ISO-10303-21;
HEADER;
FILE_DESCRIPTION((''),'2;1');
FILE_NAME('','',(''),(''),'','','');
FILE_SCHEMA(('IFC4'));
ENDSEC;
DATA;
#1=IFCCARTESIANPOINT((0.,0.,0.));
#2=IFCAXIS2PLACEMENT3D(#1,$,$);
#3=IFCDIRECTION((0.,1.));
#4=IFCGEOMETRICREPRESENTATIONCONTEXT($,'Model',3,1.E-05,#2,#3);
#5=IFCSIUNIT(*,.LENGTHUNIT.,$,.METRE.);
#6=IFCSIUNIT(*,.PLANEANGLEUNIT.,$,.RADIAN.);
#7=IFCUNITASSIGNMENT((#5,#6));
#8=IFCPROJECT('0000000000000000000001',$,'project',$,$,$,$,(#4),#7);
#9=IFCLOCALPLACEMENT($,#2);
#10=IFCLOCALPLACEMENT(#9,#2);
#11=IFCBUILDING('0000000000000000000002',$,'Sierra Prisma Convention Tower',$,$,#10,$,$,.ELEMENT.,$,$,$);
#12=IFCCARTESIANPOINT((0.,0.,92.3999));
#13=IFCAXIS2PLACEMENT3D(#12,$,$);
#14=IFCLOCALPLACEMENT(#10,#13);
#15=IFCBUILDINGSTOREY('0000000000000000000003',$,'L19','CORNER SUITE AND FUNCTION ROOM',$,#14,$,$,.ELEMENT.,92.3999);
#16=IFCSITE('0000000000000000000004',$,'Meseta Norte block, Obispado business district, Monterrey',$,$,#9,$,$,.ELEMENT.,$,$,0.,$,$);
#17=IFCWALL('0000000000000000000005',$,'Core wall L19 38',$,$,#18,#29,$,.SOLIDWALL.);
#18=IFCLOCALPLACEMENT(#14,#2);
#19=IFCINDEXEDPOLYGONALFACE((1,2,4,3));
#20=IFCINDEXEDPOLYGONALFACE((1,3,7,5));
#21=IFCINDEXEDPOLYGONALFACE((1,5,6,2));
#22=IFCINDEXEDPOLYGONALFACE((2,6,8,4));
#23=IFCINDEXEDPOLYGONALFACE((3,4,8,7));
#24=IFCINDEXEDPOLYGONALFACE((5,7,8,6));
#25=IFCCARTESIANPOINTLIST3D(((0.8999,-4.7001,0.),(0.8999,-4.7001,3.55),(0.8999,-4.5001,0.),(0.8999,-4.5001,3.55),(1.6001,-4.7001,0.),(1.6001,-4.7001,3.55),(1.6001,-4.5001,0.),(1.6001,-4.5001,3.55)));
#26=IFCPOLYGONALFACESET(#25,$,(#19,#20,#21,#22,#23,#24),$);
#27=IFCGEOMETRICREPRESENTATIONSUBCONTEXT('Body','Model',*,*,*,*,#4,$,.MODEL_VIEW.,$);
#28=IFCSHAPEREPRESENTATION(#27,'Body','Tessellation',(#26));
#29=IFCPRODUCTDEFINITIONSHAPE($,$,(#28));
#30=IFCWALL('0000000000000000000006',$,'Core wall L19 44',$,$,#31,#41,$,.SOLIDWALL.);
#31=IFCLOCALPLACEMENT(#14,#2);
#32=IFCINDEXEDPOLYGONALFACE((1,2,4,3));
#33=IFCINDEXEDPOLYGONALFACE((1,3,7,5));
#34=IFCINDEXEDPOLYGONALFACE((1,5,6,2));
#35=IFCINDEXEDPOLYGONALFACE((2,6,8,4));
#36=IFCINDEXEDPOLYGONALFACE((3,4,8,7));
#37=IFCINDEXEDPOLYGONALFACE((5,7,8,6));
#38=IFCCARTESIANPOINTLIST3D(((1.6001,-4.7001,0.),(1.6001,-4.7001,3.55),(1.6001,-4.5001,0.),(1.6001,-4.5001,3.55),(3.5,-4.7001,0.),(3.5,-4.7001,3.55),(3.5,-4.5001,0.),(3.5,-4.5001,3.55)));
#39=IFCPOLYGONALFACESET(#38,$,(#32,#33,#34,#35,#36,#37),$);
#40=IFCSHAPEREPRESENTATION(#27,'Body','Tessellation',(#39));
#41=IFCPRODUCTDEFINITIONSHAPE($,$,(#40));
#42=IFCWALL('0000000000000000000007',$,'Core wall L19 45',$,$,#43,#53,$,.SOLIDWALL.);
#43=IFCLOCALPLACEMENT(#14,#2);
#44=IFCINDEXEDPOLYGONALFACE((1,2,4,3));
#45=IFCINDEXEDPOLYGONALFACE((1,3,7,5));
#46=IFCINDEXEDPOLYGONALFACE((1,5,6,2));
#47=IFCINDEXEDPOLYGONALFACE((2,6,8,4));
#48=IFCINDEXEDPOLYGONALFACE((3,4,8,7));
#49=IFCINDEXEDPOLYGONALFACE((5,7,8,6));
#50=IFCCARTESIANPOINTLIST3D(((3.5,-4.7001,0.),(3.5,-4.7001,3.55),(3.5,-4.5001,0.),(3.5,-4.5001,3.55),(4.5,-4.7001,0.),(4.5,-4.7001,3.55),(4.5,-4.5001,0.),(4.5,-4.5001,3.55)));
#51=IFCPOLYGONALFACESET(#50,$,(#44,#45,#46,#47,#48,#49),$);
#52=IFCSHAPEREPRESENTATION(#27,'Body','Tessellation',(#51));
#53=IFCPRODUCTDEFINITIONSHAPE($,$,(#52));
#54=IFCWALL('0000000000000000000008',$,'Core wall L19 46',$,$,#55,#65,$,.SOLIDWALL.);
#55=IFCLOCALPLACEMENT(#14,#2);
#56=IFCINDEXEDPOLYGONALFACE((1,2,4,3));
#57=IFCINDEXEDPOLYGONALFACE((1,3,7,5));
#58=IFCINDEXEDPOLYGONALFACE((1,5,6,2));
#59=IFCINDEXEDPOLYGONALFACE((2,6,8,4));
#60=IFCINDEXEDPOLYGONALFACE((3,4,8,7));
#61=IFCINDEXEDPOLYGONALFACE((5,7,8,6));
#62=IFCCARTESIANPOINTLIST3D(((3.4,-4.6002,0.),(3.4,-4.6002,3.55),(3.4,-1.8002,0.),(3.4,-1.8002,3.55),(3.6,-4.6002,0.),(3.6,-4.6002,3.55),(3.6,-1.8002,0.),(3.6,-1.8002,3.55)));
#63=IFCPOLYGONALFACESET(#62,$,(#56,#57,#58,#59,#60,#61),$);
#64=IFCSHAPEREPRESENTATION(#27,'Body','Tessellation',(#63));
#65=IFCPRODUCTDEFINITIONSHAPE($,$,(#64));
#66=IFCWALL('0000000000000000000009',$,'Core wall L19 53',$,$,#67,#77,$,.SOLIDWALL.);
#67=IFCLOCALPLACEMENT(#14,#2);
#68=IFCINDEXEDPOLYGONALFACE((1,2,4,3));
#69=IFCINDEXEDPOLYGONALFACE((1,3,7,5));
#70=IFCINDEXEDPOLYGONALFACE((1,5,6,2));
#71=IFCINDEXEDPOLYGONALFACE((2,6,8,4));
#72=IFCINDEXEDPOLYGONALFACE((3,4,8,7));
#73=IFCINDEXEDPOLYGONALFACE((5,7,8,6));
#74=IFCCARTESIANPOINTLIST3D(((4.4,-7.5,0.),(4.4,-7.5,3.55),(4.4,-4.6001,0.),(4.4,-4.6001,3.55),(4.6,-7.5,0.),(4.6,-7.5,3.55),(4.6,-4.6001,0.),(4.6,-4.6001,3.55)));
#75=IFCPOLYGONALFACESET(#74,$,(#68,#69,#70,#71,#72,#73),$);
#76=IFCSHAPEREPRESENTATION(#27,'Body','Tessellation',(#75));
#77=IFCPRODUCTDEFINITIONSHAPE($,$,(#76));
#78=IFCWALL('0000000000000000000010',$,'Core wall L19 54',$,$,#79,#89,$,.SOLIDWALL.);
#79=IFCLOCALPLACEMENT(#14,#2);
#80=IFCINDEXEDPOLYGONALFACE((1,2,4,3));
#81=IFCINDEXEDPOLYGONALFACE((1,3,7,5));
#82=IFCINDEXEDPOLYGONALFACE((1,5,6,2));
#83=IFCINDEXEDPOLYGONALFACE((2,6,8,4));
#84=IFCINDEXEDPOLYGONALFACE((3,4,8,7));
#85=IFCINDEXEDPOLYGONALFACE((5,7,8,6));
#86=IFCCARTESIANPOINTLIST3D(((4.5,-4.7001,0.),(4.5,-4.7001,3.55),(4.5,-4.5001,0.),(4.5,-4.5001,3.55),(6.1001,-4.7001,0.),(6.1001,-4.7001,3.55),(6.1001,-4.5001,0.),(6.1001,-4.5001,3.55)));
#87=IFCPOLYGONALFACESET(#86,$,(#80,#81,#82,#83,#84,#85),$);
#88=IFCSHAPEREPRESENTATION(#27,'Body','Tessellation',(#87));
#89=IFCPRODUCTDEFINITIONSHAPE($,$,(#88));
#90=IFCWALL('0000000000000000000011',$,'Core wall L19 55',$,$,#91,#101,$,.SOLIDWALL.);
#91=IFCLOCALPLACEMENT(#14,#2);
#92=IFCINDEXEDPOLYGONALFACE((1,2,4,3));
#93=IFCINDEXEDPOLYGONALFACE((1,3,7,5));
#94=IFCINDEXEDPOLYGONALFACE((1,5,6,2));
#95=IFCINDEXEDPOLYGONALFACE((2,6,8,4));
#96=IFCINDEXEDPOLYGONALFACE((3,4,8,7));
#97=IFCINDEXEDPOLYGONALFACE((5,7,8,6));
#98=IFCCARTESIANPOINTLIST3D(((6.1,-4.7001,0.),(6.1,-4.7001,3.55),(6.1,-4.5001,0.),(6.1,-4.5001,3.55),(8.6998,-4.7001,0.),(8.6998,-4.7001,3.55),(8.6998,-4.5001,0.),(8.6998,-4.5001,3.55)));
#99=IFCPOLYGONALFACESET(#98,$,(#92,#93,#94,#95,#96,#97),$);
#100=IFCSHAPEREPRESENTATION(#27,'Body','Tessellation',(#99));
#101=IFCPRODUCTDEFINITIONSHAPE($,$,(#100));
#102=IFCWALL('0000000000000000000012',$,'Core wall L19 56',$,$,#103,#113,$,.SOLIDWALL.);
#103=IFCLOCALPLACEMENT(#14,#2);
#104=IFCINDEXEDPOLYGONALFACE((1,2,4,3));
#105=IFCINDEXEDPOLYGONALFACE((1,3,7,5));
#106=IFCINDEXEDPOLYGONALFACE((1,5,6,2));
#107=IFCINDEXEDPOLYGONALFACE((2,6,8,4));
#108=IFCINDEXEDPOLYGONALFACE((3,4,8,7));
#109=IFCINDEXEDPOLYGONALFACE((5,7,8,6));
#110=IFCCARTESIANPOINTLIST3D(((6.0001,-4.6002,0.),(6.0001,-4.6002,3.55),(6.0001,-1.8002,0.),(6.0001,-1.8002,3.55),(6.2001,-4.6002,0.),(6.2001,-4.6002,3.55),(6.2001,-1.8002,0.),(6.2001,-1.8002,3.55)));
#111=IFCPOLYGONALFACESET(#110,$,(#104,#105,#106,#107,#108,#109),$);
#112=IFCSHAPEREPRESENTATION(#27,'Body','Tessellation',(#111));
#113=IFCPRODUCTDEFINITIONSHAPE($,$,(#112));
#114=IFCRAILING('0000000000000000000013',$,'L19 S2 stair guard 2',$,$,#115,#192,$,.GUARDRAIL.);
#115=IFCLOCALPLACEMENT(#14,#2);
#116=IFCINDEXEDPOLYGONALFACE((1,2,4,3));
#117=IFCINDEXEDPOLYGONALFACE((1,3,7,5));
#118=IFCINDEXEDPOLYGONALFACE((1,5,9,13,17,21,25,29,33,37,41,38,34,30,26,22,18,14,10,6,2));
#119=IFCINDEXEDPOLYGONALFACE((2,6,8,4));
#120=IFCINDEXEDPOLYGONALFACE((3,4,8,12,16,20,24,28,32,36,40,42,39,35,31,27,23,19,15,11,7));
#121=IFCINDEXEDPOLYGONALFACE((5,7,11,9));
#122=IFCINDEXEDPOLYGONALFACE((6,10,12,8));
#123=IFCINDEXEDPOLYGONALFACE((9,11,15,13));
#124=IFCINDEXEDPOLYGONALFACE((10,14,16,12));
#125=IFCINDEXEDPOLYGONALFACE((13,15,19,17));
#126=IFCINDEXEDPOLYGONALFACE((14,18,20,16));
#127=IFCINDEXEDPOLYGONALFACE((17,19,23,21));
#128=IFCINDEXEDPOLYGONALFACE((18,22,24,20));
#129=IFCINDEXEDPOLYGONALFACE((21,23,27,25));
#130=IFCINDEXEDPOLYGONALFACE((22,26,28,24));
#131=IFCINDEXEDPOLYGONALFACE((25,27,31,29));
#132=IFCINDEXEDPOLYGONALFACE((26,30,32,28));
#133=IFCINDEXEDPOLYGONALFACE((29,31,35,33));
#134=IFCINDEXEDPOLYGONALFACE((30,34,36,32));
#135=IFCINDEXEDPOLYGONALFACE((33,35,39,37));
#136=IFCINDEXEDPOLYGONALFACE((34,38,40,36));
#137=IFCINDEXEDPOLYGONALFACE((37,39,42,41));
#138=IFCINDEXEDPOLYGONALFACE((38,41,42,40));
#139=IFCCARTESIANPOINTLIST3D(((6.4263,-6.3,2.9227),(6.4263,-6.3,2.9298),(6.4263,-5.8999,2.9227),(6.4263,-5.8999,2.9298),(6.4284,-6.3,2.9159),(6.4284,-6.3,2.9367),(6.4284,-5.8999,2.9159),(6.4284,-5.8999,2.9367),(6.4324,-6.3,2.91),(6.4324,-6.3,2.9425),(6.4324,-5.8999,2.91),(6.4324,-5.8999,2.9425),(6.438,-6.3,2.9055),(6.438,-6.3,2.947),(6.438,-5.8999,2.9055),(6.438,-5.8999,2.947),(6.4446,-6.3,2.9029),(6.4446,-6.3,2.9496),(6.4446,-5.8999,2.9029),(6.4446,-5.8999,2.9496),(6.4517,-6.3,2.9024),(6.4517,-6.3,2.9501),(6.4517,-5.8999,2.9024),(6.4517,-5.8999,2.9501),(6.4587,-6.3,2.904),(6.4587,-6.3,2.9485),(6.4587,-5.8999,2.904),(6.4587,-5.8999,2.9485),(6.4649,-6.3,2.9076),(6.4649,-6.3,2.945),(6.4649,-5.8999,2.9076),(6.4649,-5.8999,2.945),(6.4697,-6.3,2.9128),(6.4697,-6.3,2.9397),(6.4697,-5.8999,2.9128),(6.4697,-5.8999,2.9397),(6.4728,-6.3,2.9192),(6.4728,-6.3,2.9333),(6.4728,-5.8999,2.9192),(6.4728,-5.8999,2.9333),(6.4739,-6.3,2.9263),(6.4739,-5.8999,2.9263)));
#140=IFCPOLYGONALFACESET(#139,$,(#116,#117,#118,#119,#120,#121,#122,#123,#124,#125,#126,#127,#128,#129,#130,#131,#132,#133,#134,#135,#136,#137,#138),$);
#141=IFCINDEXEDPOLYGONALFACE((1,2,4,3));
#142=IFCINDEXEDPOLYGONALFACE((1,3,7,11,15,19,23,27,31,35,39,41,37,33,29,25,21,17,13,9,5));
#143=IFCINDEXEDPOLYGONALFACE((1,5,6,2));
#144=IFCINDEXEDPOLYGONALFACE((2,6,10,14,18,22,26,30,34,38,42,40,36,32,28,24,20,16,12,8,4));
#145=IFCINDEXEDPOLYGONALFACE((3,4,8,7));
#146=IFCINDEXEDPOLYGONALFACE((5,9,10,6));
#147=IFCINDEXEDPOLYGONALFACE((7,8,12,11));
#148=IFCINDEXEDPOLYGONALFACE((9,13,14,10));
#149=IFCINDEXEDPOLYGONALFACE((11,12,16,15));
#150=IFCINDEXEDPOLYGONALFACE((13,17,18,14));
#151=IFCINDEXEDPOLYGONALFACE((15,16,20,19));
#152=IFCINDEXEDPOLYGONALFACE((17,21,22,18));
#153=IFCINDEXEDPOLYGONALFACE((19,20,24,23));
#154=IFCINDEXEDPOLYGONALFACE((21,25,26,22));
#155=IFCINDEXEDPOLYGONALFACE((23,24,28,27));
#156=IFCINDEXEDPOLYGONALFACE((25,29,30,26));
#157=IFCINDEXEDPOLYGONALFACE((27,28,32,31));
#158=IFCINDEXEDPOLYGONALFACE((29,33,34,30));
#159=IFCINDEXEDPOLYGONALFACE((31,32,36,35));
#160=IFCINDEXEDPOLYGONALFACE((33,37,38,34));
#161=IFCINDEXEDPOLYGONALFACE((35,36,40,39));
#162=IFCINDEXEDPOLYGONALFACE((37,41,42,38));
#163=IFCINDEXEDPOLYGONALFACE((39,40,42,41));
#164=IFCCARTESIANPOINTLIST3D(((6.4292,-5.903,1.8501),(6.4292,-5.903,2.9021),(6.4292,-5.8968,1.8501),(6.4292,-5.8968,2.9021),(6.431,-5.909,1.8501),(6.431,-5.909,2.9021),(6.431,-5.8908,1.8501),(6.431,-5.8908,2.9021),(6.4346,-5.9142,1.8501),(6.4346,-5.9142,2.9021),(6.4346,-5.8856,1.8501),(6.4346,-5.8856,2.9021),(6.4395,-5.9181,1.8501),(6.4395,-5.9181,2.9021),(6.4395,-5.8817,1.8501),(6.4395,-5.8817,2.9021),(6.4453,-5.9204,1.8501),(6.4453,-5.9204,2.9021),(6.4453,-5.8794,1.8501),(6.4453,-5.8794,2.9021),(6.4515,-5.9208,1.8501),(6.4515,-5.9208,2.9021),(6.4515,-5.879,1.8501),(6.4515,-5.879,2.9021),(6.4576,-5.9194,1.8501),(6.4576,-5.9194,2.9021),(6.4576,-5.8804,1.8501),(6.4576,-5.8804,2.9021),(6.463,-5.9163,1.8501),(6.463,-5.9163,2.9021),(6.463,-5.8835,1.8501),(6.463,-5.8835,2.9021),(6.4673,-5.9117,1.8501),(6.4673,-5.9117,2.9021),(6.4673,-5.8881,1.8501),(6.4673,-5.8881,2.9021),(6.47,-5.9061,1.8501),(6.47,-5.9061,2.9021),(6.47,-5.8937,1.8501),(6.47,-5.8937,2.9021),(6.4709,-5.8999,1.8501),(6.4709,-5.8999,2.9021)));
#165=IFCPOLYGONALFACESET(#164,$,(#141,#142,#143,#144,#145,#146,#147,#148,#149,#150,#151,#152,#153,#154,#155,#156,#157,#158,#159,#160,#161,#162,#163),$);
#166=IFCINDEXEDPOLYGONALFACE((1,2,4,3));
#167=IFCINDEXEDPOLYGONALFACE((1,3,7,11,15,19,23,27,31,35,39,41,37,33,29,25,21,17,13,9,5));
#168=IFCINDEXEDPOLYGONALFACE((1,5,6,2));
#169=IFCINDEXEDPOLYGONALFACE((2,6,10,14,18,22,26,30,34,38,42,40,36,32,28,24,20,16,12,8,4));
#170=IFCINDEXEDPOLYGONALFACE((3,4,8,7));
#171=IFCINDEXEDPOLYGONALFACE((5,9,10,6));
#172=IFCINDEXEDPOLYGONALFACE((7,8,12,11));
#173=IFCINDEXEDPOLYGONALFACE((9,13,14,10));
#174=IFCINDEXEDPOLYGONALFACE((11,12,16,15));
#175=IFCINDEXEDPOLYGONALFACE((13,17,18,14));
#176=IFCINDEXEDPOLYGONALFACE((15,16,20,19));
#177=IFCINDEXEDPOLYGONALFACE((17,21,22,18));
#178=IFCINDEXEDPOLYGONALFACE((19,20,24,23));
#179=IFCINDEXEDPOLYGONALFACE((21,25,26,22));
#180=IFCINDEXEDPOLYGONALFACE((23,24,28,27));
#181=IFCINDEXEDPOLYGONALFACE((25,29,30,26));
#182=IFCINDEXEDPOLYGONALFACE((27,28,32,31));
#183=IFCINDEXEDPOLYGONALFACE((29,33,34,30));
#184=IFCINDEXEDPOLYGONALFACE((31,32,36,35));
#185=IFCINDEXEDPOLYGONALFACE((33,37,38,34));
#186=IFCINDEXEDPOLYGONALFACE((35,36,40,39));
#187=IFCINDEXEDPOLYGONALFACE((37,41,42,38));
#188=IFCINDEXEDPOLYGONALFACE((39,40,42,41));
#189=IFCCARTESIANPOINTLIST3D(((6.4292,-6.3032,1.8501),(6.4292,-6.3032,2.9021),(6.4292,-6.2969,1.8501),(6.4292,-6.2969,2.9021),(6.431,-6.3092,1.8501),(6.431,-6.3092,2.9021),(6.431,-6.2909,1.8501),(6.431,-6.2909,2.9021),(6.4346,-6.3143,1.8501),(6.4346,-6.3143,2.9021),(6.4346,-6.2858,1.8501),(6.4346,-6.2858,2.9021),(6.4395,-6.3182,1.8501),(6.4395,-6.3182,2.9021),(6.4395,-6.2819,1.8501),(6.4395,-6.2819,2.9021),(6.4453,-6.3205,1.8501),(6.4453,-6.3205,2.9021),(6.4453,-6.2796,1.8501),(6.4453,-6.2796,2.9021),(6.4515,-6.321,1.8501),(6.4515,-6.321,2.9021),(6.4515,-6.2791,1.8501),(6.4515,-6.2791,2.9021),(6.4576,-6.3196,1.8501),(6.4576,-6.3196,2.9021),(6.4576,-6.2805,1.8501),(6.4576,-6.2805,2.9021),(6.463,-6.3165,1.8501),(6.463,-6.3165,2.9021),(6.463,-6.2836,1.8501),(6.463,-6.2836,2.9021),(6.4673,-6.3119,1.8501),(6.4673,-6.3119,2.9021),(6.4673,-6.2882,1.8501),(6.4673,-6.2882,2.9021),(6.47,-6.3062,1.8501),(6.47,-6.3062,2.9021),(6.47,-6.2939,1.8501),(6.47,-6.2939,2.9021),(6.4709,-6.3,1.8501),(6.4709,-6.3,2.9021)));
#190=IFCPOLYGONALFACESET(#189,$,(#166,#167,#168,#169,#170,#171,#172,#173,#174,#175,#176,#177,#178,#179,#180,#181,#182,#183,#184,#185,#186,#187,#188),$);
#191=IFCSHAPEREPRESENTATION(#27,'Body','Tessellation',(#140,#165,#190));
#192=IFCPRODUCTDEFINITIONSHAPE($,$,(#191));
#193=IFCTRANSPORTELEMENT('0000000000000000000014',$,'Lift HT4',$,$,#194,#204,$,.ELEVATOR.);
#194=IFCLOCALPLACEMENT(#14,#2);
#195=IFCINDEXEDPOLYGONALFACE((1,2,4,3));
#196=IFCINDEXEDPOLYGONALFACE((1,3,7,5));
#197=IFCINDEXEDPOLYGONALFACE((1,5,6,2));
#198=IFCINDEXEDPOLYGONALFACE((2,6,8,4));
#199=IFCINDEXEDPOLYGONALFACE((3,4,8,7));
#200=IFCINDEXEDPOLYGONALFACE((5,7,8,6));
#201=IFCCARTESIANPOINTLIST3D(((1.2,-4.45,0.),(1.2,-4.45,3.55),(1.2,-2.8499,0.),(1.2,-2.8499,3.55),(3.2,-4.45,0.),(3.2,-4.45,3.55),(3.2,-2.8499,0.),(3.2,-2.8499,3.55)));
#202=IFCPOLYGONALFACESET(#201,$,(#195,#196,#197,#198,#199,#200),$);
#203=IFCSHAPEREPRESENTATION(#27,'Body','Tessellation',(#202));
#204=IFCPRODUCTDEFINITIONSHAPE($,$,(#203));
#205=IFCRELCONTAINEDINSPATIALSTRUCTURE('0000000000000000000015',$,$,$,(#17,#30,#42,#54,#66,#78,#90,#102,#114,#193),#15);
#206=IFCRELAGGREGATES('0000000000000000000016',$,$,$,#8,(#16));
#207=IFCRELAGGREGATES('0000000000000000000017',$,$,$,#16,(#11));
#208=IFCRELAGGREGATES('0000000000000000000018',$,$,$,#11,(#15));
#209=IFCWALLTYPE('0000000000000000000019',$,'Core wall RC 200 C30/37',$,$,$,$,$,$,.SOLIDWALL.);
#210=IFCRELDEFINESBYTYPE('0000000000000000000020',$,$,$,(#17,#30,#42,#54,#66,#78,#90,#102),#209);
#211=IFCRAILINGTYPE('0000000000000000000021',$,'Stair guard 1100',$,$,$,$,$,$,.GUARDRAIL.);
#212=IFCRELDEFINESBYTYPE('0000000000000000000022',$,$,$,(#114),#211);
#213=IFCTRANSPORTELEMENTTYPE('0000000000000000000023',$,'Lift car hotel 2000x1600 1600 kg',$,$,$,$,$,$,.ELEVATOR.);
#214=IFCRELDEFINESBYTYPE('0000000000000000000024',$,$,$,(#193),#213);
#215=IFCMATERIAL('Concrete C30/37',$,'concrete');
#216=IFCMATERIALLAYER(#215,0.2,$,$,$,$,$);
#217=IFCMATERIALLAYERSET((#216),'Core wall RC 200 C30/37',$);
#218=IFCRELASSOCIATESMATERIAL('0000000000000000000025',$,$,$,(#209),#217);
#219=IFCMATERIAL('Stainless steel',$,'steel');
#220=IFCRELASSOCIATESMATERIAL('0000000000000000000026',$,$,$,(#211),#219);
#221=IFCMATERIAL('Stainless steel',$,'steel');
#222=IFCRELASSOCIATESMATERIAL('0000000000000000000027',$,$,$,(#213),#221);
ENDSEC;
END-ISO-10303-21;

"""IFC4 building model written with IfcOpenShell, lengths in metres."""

from ifc_helpers import new_model, si_unit, direction, frame, frame_2d, origin, origin_2d, place, context, subcontext, project, spatial, rectangle, circle, extrude, material, layer, layer_set, type_object, element, save


model = new_model("IFC4")

# Units and contexts
model_context = context("Model", 3, precision=1e-05, world=origin(), true_north=direction((0.0, 1.0)))
body_context = subcontext(model_context, "Body", "Model", "MODEL_VIEW")
ifc_project = project(units=[si_unit("LENGTHUNIT", "METRE"), si_unit("PLANEANGLEUNIT", "RADIAN")], contexts=[model_context])

# Site, building, storey
site_placement = place(None, origin())
site = spatial("IfcSite", under=ifc_project, at=site_placement, Name="Meseta Norte block, Obispado business district, Monterrey", CompositionType="ELEMENT", RefElevation=0.0)
building_placement = place(site_placement, origin())
building = spatial("IfcBuilding", under=site, at=building_placement, Name="Sierra Prisma Convention Tower", CompositionType="ELEMENT")
storey_placement = place(building_placement, frame((0.0, 0.0, 92.3999)))
storey = spatial("IfcBuildingStorey", under=building, at=storey_placement, Name="L19", Description="CORNER SUITE AND FUNCTION ROOM", CompositionType="ELEMENT", Elevation=92.3999)

# Shared definitions
ifc_material_1 = material(Name="Concrete C30/37", Category="concrete")
ifc_layer = layer(ifc_material_1, 0.2)
ifc_layer_set = layer_set([ifc_layer], Name="Core wall RC 200 C30/37")
wall_type = type_object("IfcWallType", Name="Core wall RC 200 C30/37", PredefinedType="SOLIDWALL", material=ifc_layer_set)

# Wall
wall_1_placement = place(storey_placement, frame((0.8999, -4.6001, 0.0), z_axis=(0.0, 0.0, 1.0), x_axis=(1.0, 0.0, 0.0)))
element("IfcWall", 1, at=wall_1_placement, inside=storey, type_object=wall_type, Name="Core wall L19 38", PredefinedType="SOLIDWALL", context=body_context, shape_type="SweptSolid", body=[
    extrude(rectangle(XDim=0.7002, YDim=0.2, at=frame_2d((0.3501, 0.0))), origin(), (0.0, 0.0, 1.0), 3.55),
])

# Walls
wall_2_placement = place(storey_placement, frame((3.5, -4.6001, 0.0), z_axis=(0.0, 0.0, 1.0), x_axis=(-1.0, 0.0, 0.0)))
element("IfcWall", 2, at=wall_2_placement, inside=storey, type_object=wall_type, Name="Core wall L19 44", PredefinedType="SOLIDWALL", context=body_context, shape_type="SweptSolid", body=[
    extrude(rectangle(XDim=1.8999, YDim=0.2, at=frame_2d((0.95, 0.0))), origin(), (0.0, 0.0, 1.0), 3.55),
])
wall_3_placement = place(storey_placement, frame((4.5, -4.6001, 0.0), z_axis=(0.0, 0.0, 1.0), x_axis=(-1.0, 0.0, 0.0)))
element("IfcWall", 3, at=wall_3_placement, inside=storey, type_object=wall_type, Name="Core wall L19 45", PredefinedType="SOLIDWALL", context=body_context, shape_type="SweptSolid", body=[
    extrude(rectangle(XDim=1.0, YDim=0.2, at=frame_2d((0.5, 0.0))), origin(), (0.0, 0.0, 1.0), 3.55),
])
wall_4_placement = place(storey_placement, frame((3.5, -4.6001, 0.0), z_axis=(0.0, 0.0, 1.0), x_axis=(0.0, 1.0, 0.0)))
element("IfcWall", 4, at=wall_4_placement, inside=storey, type_object=wall_type, Name="Core wall L19 46", PredefinedType="SOLIDWALL", context=body_context, shape_type="SweptSolid", body=[
    extrude(rectangle(XDim=2.8, YDim=0.2, at=frame_2d((1.3999, 0.0))), origin(), (0.0, 0.0, 1.0), 3.55),
])
wall_5_placement = place(storey_placement, frame((4.5, -7.5, 0.0), z_axis=(0.0, 0.0, 1.0), x_axis=(0.0, 1.0, 0.0)))
element("IfcWall", 5, at=wall_5_placement, inside=storey, type_object=wall_type, Name="Core wall L19 53", PredefinedType="SOLIDWALL", context=body_context, shape_type="SweptSolid", body=[
    extrude(rectangle(XDim=2.8999, YDim=0.2, at=frame_2d((1.45, 0.0))), origin(), (0.0, 0.0, 1.0), 3.55),
])
wall_6_placement = place(storey_placement, frame((4.5, -4.6001, 0.0), z_axis=(0.0, 0.0, 1.0), x_axis=(1.0, 0.0, 0.0)))
element("IfcWall", 6, at=wall_6_placement, inside=storey, type_object=wall_type, Name="Core wall L19 54", PredefinedType="SOLIDWALL", context=body_context, shape_type="SweptSolid", body=[
    extrude(rectangle(XDim=1.6001, YDim=0.2, at=frame_2d((0.8, 0.0))), origin(), (0.0, 0.0, 1.0), 3.55),
])
wall_7_placement = place(storey_placement, frame((6.1001, -4.6001, 0.0), z_axis=(0.0, 0.0, 1.0), x_axis=(1.0, 0.0, 0.0)))
element("IfcWall", 7, at=wall_7_placement, inside=storey, type_object=wall_type, Name="Core wall L19 55", PredefinedType="SOLIDWALL", context=body_context, shape_type="SweptSolid", body=[
    extrude(rectangle(XDim=2.5999, YDim=0.2, at=frame_2d((1.2998, 0.0))), origin(), (0.0, 0.0, 1.0), 3.55),
])
wall_8_placement = place(storey_placement, frame((6.1001, -4.6001, 0.0), z_axis=(0.0, 0.0, 1.0), x_axis=(0.0, 1.0, 0.0)))
element("IfcWall", 8, at=wall_8_placement, inside=storey, type_object=wall_type, Name="Core wall L19 56", PredefinedType="SOLIDWALL", context=body_context, shape_type="SweptSolid", body=[
    extrude(rectangle(XDim=2.8, YDim=0.2, at=frame_2d((1.3999, 0.0))), origin(), (0.0, 0.0, 1.0), 3.55),
])

# Railing
ifc_material_2 = material(Name="Stainless steel", Category="steel")
railing_type = type_object("IfcRailingType", Name="Stair guard 1100", PredefinedType="GUARDRAIL", material=ifc_material_2)
railing_placement = place(storey_placement, frame((6.45, -5.8999, 1.8501)))
element("IfcRailing", 9, at=railing_placement, inside=storey, type_object=railing_type, Name="L19 S2 stair guard 2", PredefinedType="GUARDRAIL", context=body_context, shape_type="SweptSolid", body=[
    extrude(circle(Radius=0.0239, at=origin_2d()), frame((0.0, 0.0, 1.0762), z_axis=(0.0, -1.0, 0.0), x_axis=(1.0, 0.0, 0.0)), (0.0, 0.0, 1.0), 0.4001),
    extrude(circle(Radius=0.021, at=origin_2d()), origin(), (0.0, 0.0, 1.0), 1.052),
    extrude(circle(Radius=0.021, at=origin_2d()), frame((0.0, -0.4001, 0.0)), (0.0, 0.0, 1.0), 1.052),
])

# Transport element
ifc_material_3 = material(Name="Stainless steel", Category="steel")
transport_element_type = type_object("IfcTransportElementType", Name="Lift car hotel 2000x1600 1600 kg", PredefinedType="ELEVATOR", material=ifc_material_3)
for number, where, z_axis, x_axis, name in (
    (10, (2.2, -3.6499, 0.0), (0.0, 0.0, 1.0), (1.0, 0.0, 0.0), "Lift HT4"),
):
    element("IfcTransportElement", number, at=place(storey_placement, frame(where, z_axis=z_axis, x_axis=x_axis)), inside=storey, type_object=transport_element_type, Name=name, PredefinedType="ELEVATOR", context=body_context, shape_type="SweptSolid", body=[
        extrude(rectangle(XDim=2.0, YDim=1.6001, at=origin_2d()), origin(), (0.0, 0.0, 1.0), 3.55),
    ])

save(model, "model.ifc")
